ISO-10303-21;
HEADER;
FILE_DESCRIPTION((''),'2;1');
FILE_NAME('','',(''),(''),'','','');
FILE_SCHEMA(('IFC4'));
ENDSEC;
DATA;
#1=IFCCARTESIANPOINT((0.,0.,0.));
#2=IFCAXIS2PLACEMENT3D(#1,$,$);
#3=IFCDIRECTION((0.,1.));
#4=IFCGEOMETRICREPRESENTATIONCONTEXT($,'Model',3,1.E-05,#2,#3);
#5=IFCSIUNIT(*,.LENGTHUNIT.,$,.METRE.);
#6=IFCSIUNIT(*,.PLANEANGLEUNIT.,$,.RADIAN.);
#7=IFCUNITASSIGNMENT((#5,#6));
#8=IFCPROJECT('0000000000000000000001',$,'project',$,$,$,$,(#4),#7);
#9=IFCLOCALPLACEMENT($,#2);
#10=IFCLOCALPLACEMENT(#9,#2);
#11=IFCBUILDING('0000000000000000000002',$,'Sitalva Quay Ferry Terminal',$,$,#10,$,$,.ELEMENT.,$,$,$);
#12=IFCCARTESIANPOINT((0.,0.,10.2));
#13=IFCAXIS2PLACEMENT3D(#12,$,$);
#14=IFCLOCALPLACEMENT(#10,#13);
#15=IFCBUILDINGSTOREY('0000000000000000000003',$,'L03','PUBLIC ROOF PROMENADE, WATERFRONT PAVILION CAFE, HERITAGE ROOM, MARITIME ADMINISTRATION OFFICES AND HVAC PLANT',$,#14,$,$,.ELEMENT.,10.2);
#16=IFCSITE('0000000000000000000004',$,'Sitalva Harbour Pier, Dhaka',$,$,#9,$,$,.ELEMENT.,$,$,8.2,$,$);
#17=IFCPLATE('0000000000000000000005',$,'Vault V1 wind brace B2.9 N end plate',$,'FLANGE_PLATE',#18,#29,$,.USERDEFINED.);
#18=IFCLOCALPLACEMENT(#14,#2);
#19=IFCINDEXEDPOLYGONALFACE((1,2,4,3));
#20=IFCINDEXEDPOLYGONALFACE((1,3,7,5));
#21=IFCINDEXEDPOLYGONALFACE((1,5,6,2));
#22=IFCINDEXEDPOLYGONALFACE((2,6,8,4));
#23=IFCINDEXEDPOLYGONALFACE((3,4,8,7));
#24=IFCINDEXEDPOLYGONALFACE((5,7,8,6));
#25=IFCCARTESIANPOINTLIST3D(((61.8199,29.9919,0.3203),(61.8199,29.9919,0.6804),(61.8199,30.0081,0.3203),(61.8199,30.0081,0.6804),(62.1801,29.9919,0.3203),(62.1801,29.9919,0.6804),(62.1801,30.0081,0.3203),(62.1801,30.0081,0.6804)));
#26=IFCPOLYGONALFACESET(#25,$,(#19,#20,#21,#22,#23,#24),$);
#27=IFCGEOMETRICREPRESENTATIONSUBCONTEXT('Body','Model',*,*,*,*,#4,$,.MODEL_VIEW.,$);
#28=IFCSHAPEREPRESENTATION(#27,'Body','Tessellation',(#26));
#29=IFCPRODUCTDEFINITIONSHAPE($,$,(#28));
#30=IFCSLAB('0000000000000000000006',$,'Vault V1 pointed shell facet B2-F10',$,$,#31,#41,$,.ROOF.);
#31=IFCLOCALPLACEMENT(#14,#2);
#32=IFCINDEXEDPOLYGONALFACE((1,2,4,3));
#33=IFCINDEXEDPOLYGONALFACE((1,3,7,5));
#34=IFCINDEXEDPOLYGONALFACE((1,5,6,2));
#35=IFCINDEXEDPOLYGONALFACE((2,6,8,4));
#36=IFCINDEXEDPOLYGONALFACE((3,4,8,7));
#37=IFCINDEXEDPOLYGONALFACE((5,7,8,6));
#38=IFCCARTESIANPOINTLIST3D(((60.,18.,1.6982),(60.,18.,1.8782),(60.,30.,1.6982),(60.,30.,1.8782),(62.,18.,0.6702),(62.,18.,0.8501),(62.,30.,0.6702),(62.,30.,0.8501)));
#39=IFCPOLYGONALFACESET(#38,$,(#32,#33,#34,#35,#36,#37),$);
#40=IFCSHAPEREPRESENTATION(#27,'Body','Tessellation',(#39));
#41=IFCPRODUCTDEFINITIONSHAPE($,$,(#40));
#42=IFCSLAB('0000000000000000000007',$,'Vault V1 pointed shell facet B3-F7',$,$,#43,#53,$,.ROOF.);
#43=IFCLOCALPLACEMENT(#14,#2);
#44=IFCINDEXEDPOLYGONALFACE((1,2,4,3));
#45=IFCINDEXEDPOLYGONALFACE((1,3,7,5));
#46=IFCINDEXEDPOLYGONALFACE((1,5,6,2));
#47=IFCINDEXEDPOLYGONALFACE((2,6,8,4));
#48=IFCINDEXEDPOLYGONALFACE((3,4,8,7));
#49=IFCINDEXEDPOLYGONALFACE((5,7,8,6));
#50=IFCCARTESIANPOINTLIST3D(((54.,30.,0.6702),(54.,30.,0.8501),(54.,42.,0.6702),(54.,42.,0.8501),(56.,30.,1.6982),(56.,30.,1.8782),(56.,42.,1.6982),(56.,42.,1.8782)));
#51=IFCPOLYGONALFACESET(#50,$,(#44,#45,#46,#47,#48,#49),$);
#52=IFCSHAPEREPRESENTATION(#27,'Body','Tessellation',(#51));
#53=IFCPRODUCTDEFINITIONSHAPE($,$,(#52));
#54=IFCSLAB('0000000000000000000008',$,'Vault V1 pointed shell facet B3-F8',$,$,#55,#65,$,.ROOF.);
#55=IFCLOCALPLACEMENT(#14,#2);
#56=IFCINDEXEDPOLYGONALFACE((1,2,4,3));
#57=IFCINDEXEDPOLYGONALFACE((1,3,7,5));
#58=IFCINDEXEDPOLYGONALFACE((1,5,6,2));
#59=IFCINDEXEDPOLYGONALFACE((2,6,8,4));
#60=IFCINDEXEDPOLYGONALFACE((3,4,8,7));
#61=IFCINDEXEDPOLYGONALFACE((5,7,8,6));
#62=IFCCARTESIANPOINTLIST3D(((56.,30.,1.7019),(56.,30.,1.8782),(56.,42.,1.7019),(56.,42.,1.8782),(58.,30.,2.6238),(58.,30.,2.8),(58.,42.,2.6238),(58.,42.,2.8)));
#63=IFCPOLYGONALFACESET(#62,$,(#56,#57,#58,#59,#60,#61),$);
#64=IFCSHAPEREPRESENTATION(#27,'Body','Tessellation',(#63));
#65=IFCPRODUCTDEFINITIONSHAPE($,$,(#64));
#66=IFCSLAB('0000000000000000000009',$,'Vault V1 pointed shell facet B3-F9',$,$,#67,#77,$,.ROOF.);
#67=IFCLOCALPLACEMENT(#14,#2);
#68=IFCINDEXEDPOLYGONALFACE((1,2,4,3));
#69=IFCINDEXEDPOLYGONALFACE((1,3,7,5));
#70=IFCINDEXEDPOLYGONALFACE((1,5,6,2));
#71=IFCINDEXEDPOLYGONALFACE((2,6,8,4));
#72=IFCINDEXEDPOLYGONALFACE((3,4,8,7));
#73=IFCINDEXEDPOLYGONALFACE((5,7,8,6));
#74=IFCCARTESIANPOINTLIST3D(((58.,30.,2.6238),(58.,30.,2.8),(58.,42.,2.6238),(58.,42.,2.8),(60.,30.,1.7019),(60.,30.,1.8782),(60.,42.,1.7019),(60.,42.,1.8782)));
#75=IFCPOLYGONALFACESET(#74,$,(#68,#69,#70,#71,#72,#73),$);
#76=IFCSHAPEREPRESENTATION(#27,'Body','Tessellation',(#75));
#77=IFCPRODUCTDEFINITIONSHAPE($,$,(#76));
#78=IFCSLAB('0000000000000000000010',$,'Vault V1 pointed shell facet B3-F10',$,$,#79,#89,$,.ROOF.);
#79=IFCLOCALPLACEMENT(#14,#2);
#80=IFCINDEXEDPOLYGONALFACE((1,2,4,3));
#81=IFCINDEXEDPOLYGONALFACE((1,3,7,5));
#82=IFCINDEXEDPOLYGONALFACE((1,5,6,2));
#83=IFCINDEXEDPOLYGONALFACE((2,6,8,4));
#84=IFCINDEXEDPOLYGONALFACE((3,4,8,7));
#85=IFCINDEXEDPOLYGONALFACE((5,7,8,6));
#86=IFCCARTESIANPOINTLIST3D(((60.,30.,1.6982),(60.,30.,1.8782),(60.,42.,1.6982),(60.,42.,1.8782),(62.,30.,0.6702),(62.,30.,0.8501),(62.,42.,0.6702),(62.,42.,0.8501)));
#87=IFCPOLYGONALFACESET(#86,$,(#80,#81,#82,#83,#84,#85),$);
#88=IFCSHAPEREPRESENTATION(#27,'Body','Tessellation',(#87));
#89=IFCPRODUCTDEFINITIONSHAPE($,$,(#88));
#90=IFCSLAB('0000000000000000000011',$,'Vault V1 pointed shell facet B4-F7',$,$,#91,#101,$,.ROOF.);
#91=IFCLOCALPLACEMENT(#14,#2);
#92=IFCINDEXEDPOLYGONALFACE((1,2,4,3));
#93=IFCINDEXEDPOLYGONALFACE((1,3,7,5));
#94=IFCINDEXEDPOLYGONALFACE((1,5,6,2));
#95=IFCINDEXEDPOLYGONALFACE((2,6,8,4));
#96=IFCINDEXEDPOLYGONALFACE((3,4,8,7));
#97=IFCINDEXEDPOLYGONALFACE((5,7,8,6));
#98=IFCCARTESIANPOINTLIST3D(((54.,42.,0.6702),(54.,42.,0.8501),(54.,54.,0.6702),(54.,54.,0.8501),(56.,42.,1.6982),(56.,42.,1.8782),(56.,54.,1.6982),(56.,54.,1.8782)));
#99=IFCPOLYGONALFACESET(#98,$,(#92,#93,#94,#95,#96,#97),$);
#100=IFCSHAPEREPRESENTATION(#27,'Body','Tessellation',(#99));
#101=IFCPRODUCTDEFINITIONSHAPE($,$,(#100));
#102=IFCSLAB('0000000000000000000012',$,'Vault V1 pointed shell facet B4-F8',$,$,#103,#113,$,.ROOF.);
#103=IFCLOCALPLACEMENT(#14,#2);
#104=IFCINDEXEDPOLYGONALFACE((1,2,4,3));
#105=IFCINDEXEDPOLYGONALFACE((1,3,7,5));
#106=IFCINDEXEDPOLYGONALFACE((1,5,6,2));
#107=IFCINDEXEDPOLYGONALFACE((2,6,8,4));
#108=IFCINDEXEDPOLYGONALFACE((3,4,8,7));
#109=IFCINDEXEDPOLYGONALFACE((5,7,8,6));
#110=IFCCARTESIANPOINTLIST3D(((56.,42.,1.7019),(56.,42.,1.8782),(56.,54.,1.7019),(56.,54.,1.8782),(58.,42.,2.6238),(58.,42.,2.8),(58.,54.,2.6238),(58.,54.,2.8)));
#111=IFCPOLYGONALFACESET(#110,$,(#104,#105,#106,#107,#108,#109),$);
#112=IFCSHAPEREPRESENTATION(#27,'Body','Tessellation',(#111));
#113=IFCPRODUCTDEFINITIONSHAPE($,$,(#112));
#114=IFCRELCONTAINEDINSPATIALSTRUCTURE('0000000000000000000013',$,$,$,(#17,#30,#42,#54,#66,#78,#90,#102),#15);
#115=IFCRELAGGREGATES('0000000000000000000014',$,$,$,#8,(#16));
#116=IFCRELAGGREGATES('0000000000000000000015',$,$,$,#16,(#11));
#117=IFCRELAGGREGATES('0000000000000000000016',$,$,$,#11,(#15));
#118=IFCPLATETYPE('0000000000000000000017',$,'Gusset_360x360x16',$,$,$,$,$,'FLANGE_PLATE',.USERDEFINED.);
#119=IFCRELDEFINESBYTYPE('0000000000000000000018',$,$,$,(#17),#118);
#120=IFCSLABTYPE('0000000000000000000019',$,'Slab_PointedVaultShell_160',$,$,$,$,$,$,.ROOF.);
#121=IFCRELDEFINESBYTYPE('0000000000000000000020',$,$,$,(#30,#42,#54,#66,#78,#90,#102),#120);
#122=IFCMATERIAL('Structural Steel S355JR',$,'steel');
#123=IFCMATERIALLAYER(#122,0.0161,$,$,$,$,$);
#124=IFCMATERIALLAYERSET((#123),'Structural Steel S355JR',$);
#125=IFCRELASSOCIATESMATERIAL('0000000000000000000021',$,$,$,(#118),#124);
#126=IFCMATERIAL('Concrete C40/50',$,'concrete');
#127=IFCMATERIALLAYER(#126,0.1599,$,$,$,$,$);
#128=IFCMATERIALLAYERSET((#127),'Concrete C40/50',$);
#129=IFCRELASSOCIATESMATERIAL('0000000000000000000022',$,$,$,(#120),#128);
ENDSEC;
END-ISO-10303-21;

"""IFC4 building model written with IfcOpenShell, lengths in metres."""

from ifc_helpers import new_model, si_unit, direction, frame, origin, origin_2d, place, context, subcontext, project, spatial, polyline, rectangle, outline, extrude, material, layer, layer_set, type_object, element, save


model = new_model("IFC4")

# Units and contexts
model_context = context("Model", 3, precision=1e-05, world=origin(), true_north=direction((0.0, 1.0)))
body_context = subcontext(model_context, "Body", "Model", "MODEL_VIEW")
ifc_project = project(units=[si_unit("LENGTHUNIT", "METRE"), si_unit("PLANEANGLEUNIT", "RADIAN")], contexts=[model_context])

# Site, building, storey
site_placement = place(None, origin())
site = spatial("IfcSite", under=ifc_project, at=site_placement, Name="Sitalva Harbour Pier, Dhaka", CompositionType="ELEMENT", RefElevation=8.2)
building_placement = place(site_placement, origin())
building = spatial("IfcBuilding", under=site, at=building_placement, Name="Sitalva Quay Ferry Terminal", CompositionType="ELEMENT")
storey_placement = place(building_placement, frame((0.0, 0.0, 10.2)))
storey = spatial("IfcBuildingStorey", under=building, at=storey_placement, Name="L03", Description="PUBLIC ROOF PROMENADE, WATERFRONT PAVILION CAFE, HERITAGE ROOM, MARITIME ADMINISTRATION OFFICES AND HVAC PLANT", CompositionType="ELEMENT", Elevation=10.2)

# Plate
ifc_material_1 = material(Name="Structural Steel S355JR", Category="steel")
ifc_layer_1 = layer(ifc_material_1, 0.0161)
ifc_layer_set_1 = layer_set([ifc_layer_1], Name="Structural Steel S355JR")
plate_type = type_object("IfcPlateType", Name="Gusset_360x360x16", ElementType="FLANGE_PLATE", PredefinedType="USERDEFINED", material=ifc_layer_set_1)
for number, where, z_axis, x_axis, name in (
    (1, (62.0, 30.0, 0.3203), (0.0, 0.0, 1.0), (1.0, 0.0, 0.0), "Vault V1 wind brace B2.9 N end plate"),
):
    element("IfcPlate", number, at=place(storey_placement, frame(where, z_axis=z_axis, x_axis=x_axis)), inside=storey, type_object=plate_type, Name=name, ObjectType="FLANGE_PLATE", PredefinedType="USERDEFINED", context=body_context, shape_type="SweptSolid", body=[
        extrude(rectangle(XDim=0.3601, YDim=0.0161, at=origin_2d()), origin(), (0.0, 0.0, 1.0), 0.3601),
    ])

# Slabs
ifc_material_2 = material(Name="Concrete C40/50", Category="concrete")
ifc_layer_2 = layer(ifc_material_2, 0.1599)
ifc_layer_set_2 = layer_set([ifc_layer_2], Name="Concrete C40/50")
slab_type = type_object("IfcSlabType", Name="Slab_PointedVaultShell_160", PredefinedType="ROOF", material=ifc_layer_set_2)
slab_1_placement = place(storey_placement, frame((60.0, 18.0, 1.8782), z_axis=(0.457174, 0.0, 0.889377), x_axis=(0.889377, 0.0, -0.457174)))
element("IfcSlab", 2, at=slab_1_placement, inside=storey, type_object=slab_type, Name="Vault V1 pointed shell facet B2-F10", PredefinedType="ROOF", context=body_context, shape_type="SweptSolid", body=[
    extrude(outline(polyline([(0.0, 0.0), (2.2488, 0.0), (2.2488, 12.0), (0.0, 12.0), (0.0, 0.0)])), origin(), (0.457174, 0.0, -0.889377), 0.1799),
])
slab_2_placement = place(storey_placement, frame((54.0, 30.0, 0.8501), z_axis=(-0.457174, 0.0, 0.889377), x_axis=(0.889377, 0.0, 0.457174)))
element("IfcSlab", 3, at=slab_2_placement, inside=storey, type_object=slab_type, Name="Vault V1 pointed shell facet B3-F7", PredefinedType="ROOF", context=body_context, shape_type="SweptSolid", body=[
    extrude(outline(polyline([(0.0, 0.0), (2.2488, 0.0), (2.2488, 12.0), (0.0, 12.0), (0.0, 0.0)])), origin(), (-0.457174, 0.0, -0.889377), 0.1799),
])
slab_3_placement = place(storey_placement, frame((56.0, 30.0, 1.8782), z_axis=(-0.418608, 0.0, 0.908167), x_axis=(0.908167, 0.0, 0.418608)))
element("IfcSlab", 4, at=slab_3_placement, inside=storey, type_object=slab_type, Name="Vault V1 pointed shell facet B3-F8", PredefinedType="ROOF", context=body_context, shape_type="SweptSolid", body=[
    extrude(outline(polyline([(0.0, 0.0), (2.2022, 0.0), (2.2022, 12.0), (0.0, 12.0), (0.0, 0.0)])), origin(), (-0.418608, 0.0, -0.908167), 0.1763),
])
slab_4_placement = place(storey_placement, frame((58.0, 30.0, 2.8), z_axis=(0.418608, 0.0, 0.908167), x_axis=(0.908167, 0.0, -0.418608)))
element("IfcSlab", 5, at=slab_4_placement, inside=storey, type_object=slab_type, Name="Vault V1 pointed shell facet B3-F9", PredefinedType="ROOF", context=body_context, shape_type="SweptSolid", body=[
    extrude(outline(polyline([(0.0, 0.0), (2.2022, 0.0), (2.2022, 12.0), (0.0, 12.0), (0.0, 0.0)])), origin(), (0.418608, 0.0, -0.908167), 0.1763),
])
slab_5_placement = place(storey_placement, frame((60.0, 30.0, 1.8782), z_axis=(0.457174, 0.0, 0.889377), x_axis=(0.889377, 0.0, -0.457174)))
element("IfcSlab", 6, at=slab_5_placement, inside=storey, type_object=slab_type, Name="Vault V1 pointed shell facet B3-F10", PredefinedType="ROOF", context=body_context, shape_type="SweptSolid", body=[
    extrude(outline(polyline([(0.0, 0.0), (2.2488, 0.0), (2.2488, 12.0), (0.0, 12.0), (0.0, 0.0)])), origin(), (0.457174, 0.0, -0.889377), 0.1799),
])
slab_6_placement = place(storey_placement, frame((54.0, 42.0, 0.8501), z_axis=(-0.457174, 0.0, 0.889377), x_axis=(0.889377, 0.0, 0.457174)))
element("IfcSlab", 7, at=slab_6_placement, inside=storey, type_object=slab_type, Name="Vault V1 pointed shell facet B4-F7", PredefinedType="ROOF", context=body_context, shape_type="SweptSolid", body=[
    extrude(outline(polyline([(0.0, 0.0), (2.2488, 0.0), (2.2488, 12.0), (0.0, 12.0), (0.0, 0.0)])), origin(), (-0.457174, 0.0, -0.889377), 0.1799),
])
slab_7_placement = place(storey_placement, frame((56.0, 42.0, 1.8782), z_axis=(-0.418608, 0.0, 0.908167), x_axis=(0.908167, 0.0, 0.418608)))
element("IfcSlab", 8, at=slab_7_placement, inside=storey, type_object=slab_type, Name="Vault V1 pointed shell facet B4-F8", PredefinedType="ROOF", context=body_context, shape_type="SweptSolid", body=[
    extrude(outline(polyline([(0.0, 0.0), (2.2022, 0.0), (2.2022, 12.0), (0.0, 12.0), (0.0, 0.0)])), origin(), (-0.418608, 0.0, -0.908167), 0.1763),
])

save(model, "model.ifc")
